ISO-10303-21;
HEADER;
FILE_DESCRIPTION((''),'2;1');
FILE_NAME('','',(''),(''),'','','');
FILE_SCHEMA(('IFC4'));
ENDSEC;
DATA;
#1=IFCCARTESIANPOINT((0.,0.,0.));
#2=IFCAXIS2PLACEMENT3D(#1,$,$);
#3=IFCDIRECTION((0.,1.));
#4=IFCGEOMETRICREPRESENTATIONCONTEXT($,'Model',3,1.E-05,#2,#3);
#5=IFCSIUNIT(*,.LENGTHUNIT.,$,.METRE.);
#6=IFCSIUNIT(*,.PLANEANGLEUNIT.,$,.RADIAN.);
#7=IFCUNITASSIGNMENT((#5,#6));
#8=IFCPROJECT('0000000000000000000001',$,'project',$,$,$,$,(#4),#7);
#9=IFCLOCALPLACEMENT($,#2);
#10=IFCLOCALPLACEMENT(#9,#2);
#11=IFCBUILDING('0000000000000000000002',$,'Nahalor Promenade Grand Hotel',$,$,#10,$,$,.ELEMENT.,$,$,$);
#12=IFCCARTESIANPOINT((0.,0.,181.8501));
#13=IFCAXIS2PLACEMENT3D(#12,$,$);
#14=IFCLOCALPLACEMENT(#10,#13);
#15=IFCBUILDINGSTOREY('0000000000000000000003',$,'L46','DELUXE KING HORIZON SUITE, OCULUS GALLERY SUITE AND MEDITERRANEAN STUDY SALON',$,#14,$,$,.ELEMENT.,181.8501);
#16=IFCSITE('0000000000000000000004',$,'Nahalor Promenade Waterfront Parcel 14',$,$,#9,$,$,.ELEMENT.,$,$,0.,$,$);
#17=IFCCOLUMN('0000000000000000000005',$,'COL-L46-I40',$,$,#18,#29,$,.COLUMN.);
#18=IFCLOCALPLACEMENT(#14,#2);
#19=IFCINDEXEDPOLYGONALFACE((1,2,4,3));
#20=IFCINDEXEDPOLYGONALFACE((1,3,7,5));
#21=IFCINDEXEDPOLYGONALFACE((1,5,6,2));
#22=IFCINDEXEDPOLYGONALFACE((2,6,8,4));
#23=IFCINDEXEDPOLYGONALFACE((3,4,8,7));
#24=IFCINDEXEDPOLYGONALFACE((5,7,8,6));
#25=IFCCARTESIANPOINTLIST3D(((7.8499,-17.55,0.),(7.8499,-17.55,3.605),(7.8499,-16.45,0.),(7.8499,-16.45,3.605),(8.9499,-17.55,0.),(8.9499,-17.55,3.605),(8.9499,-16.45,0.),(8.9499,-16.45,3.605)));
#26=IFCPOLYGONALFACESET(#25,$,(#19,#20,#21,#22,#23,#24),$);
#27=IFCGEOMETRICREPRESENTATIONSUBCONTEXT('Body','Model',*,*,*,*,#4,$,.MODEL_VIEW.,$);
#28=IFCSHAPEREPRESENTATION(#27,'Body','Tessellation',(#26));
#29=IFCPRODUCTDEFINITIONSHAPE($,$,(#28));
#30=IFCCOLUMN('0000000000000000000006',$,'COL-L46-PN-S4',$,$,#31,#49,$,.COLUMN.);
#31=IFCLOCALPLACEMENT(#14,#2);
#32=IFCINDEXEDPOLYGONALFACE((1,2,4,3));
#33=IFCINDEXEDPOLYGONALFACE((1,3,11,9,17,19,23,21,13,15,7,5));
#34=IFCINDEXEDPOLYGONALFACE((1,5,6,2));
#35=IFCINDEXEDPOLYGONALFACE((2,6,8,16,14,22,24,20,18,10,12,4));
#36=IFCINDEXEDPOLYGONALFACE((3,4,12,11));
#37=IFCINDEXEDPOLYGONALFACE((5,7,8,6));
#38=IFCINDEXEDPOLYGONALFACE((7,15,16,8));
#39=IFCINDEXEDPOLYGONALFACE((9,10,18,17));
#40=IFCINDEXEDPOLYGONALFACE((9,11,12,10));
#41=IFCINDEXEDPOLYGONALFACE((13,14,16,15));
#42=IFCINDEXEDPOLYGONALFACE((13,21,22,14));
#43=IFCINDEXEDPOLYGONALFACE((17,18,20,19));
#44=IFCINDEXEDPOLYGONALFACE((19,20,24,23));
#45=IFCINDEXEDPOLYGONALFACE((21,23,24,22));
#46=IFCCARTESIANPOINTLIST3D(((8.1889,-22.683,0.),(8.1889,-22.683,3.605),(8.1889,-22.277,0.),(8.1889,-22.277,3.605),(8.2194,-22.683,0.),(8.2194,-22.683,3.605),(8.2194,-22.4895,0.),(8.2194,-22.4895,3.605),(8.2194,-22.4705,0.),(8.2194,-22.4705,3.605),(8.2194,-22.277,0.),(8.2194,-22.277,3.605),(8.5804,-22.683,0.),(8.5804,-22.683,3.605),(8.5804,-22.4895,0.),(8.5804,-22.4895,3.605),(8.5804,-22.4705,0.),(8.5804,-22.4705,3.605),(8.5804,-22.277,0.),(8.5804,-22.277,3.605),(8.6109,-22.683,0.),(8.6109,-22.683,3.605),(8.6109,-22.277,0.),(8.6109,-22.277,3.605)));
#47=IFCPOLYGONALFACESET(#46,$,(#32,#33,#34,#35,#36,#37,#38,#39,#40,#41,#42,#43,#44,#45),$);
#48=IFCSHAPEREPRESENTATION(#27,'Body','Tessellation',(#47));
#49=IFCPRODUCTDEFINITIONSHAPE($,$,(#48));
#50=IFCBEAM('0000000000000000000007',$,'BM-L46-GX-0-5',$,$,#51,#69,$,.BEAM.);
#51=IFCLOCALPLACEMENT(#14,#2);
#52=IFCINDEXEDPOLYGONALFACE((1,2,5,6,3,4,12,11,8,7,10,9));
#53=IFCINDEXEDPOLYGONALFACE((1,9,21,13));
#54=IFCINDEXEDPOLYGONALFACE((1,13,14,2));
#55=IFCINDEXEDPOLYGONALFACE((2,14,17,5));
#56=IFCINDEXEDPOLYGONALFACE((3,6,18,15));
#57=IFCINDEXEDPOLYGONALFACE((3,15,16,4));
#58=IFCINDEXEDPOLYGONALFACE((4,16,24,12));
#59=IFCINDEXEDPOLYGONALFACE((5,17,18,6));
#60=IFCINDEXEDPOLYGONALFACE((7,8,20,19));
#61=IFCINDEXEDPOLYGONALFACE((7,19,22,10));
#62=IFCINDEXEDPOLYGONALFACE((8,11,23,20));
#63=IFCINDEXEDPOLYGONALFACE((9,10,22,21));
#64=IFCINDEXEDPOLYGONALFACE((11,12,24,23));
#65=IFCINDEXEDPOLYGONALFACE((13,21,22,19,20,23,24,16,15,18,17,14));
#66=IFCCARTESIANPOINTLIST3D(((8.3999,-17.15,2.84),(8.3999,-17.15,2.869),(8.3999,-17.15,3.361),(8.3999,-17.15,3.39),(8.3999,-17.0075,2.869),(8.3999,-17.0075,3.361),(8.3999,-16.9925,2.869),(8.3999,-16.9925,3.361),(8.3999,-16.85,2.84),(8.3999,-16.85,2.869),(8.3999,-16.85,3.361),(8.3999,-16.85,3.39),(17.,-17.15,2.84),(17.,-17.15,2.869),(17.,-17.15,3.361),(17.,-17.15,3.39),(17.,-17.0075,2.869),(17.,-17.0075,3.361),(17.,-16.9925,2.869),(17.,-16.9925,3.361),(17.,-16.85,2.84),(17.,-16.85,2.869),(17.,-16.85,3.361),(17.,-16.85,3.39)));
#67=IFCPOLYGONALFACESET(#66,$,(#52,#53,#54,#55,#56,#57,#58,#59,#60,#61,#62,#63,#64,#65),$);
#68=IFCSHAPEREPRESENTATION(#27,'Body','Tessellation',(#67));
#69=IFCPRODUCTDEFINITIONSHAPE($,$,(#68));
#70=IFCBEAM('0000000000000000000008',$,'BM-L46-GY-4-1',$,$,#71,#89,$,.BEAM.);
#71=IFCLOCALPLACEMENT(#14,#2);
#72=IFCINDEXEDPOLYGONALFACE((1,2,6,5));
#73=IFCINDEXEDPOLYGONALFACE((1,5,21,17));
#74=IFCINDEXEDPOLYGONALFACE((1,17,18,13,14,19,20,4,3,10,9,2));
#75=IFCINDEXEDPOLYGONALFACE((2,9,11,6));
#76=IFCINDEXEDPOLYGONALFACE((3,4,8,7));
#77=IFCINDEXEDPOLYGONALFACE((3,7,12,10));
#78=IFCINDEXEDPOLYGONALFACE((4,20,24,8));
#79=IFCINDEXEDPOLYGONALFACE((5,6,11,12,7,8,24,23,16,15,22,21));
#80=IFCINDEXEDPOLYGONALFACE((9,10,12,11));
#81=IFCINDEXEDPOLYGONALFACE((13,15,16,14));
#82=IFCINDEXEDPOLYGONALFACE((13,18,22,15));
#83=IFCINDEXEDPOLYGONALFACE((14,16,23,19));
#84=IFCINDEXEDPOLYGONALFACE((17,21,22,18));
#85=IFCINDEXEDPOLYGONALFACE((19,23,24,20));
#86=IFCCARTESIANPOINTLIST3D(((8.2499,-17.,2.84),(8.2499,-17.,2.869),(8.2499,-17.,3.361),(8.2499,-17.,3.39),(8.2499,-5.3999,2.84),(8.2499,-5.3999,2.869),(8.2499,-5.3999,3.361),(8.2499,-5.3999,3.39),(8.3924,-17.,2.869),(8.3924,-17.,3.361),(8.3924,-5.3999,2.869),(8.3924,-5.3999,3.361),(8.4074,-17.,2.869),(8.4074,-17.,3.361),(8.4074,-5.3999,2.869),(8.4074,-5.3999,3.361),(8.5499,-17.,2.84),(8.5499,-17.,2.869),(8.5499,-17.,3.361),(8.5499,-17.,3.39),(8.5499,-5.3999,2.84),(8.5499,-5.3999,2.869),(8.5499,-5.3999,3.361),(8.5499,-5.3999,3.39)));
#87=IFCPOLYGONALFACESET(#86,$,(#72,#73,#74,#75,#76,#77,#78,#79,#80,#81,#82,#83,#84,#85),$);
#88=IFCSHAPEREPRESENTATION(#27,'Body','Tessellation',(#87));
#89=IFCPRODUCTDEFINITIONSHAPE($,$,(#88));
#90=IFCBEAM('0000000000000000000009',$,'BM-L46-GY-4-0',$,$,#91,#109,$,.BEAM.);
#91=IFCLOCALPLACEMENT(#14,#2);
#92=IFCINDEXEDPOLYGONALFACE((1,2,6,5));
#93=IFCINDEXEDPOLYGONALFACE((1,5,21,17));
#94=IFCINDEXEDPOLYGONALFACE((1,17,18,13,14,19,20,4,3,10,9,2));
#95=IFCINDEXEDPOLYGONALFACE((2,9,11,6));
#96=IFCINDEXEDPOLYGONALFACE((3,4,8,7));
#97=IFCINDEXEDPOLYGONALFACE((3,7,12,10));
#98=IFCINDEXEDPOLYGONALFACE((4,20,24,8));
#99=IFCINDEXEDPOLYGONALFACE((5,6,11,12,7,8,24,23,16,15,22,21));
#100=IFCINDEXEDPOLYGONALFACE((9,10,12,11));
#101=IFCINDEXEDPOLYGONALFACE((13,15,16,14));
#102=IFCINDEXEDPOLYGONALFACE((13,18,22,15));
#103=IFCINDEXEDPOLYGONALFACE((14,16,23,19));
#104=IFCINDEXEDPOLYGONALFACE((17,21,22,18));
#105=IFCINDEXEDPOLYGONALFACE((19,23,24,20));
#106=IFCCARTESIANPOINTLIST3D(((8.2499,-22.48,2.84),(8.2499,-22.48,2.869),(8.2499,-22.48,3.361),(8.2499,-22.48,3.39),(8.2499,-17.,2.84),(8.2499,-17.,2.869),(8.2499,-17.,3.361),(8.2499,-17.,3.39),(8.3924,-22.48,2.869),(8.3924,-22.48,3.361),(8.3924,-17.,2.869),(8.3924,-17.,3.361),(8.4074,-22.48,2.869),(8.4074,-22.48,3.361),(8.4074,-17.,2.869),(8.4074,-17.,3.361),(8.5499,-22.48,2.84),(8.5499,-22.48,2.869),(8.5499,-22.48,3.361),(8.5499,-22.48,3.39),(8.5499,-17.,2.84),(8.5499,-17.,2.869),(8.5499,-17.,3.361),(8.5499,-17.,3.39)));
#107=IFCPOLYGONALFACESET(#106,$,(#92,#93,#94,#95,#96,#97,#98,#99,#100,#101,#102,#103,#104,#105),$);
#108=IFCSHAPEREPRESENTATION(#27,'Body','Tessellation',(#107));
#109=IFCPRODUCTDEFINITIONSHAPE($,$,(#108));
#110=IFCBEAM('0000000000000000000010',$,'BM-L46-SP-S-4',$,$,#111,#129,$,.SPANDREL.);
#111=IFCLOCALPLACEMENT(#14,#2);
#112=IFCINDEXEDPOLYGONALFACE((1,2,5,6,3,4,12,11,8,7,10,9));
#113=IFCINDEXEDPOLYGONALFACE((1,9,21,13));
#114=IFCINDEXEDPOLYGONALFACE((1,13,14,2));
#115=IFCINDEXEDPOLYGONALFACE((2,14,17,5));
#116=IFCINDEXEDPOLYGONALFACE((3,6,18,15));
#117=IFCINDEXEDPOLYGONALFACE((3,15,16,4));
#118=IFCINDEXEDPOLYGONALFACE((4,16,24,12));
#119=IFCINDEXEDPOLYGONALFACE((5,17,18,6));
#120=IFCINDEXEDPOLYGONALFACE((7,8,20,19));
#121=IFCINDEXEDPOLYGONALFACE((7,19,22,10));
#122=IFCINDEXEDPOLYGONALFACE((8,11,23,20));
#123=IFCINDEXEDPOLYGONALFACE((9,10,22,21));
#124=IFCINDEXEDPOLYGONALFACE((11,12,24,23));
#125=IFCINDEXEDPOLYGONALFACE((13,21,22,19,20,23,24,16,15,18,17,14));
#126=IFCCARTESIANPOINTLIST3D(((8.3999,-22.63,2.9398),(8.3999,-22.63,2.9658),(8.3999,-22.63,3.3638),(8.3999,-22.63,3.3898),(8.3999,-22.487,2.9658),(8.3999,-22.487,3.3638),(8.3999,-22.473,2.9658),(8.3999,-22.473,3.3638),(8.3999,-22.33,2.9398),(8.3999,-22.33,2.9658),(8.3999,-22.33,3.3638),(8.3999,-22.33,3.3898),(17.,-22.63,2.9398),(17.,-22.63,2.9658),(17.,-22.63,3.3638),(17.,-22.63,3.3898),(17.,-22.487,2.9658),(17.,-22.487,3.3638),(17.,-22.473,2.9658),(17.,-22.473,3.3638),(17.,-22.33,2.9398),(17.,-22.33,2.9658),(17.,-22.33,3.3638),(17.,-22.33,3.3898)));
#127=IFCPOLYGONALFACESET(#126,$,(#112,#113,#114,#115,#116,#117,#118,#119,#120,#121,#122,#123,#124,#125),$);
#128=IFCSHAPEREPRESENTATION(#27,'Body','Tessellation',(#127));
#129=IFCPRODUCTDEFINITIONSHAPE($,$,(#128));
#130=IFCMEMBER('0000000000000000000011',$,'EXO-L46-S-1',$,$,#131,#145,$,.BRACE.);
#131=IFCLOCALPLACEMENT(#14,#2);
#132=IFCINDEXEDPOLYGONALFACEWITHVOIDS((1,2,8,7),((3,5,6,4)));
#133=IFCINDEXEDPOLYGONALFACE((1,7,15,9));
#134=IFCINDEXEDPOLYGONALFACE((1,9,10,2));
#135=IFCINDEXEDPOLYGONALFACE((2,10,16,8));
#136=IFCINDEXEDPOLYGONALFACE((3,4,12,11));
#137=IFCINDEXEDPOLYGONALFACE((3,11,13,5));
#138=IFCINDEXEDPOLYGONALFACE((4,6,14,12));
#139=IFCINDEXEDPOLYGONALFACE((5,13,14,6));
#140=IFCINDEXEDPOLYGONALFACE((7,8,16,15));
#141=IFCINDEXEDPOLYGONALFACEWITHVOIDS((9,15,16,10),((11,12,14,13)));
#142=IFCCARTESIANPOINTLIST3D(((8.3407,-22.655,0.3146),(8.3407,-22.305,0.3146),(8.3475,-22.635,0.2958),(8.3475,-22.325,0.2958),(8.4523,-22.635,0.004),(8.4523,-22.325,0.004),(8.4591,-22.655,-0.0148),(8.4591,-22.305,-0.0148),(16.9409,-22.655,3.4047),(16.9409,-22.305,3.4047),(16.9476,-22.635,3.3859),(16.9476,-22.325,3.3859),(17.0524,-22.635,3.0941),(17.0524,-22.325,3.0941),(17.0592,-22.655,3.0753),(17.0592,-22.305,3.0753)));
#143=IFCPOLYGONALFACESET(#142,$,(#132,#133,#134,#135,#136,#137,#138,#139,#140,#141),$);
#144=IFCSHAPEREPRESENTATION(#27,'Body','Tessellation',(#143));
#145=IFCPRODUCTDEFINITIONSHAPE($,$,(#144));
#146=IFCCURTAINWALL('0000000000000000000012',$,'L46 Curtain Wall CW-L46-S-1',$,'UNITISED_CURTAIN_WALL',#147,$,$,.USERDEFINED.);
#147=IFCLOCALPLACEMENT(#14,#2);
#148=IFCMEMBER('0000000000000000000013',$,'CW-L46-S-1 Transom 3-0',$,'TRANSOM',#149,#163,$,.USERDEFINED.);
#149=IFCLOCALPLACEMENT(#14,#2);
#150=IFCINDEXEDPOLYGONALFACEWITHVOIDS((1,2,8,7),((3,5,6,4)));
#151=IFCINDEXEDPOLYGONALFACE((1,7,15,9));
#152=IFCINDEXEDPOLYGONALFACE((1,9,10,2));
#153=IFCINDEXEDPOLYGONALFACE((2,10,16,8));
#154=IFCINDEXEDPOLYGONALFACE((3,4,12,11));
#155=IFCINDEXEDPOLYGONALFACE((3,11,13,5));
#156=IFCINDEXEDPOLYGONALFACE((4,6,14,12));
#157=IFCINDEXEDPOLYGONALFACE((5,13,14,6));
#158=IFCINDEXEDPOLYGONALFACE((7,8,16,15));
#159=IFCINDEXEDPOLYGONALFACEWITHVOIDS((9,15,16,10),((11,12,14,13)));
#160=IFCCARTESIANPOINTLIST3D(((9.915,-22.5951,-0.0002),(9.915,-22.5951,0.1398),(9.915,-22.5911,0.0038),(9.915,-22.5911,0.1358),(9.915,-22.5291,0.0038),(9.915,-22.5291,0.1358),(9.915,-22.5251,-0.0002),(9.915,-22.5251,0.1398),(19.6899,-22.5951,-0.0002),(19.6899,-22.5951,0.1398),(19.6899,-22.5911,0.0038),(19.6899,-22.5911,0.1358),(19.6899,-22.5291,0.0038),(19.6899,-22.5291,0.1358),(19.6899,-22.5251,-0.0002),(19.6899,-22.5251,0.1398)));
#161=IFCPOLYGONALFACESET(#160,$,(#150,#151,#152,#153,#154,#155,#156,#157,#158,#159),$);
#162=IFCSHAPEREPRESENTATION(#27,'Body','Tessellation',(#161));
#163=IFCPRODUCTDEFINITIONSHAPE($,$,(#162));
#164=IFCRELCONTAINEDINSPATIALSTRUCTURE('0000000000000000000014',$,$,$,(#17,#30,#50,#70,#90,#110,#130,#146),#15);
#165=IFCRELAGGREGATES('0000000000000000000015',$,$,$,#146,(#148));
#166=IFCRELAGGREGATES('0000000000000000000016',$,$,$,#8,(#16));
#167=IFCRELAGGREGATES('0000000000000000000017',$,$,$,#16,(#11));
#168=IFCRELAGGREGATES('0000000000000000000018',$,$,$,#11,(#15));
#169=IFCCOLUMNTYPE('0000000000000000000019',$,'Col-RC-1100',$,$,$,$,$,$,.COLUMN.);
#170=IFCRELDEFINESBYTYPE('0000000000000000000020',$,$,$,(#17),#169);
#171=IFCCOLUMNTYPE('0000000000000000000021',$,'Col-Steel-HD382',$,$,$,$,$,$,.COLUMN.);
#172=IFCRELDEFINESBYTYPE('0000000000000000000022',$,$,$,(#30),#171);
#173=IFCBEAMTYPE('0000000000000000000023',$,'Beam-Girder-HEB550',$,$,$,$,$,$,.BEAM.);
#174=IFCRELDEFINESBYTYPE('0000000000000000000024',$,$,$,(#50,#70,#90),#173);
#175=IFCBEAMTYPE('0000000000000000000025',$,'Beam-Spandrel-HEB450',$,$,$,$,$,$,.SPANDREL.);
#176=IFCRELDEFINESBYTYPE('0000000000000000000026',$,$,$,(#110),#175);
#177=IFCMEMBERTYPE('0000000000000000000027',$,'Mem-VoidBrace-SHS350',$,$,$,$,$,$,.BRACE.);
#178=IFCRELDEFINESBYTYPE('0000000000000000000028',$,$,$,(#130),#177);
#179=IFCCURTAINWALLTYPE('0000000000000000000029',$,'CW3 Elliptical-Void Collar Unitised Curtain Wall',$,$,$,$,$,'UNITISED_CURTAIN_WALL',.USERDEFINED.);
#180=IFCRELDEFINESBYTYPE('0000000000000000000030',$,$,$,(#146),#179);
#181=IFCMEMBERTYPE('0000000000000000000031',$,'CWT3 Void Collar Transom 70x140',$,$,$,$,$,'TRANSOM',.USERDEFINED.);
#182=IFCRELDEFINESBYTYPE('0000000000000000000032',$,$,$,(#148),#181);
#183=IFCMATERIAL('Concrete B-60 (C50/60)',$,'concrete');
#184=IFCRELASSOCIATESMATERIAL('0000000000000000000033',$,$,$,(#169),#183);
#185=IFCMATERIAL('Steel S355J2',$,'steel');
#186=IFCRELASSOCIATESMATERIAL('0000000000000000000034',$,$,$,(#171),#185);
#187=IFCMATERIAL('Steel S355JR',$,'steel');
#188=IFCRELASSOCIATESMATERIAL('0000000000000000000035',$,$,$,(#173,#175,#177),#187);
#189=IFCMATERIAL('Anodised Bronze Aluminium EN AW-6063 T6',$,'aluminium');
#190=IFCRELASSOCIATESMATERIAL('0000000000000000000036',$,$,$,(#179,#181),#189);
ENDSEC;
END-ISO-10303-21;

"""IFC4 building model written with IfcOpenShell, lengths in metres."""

from ifc_helpers import new_model, si_unit, direction, frame, origin, origin_2d, place, context, subcontext, project, spatial, rectangle, hollow_rectangle, i_section, extrude, source, transform, mapped, material, material_profile, profile_set, type_object, element, aggregate, save


model = new_model("IFC4")

# Units and contexts
model_context = context("Model", 3, precision=1e-05, world=origin(), true_north=direction((0.0, 1.0)))
body_context = subcontext(model_context, "Body", "Model", "MODEL_VIEW")
ifc_project = project(units=[si_unit("LENGTHUNIT", "METRE"), si_unit("PLANEANGLEUNIT", "RADIAN")], contexts=[model_context])

# Site, building, storey
site_placement = place(None, origin())
site = spatial("IfcSite", under=ifc_project, at=site_placement, Name="Nahalor Promenade Waterfront Parcel 14", CompositionType="ELEMENT", RefElevation=0.0)
building_placement = place(site_placement, origin())
building = spatial("IfcBuilding", under=site, at=building_placement, Name="Nahalor Promenade Grand Hotel", CompositionType="ELEMENT")
storey_placement = place(building_placement, frame((0.0, 0.0, 181.8501)))
storey = spatial("IfcBuildingStorey", under=building, at=storey_placement, Name="L46", Description="DELUXE KING HORIZON SUITE, OCULUS GALLERY SUITE AND MEDITERRANEAN STUDY SALON", CompositionType="ELEMENT", Elevation=181.8501)

# Columns
ifc_material_1 = material(Name="Concrete B-60 (C50/60)", Category="concrete")
ifc_material_profile_1 = material_profile(ifc_material_1, rectangle(XDim=1.1, YDim=1.1, at=origin_2d()), Name="RC 1100x1100")
ifc_profile_set_1 = profile_set([ifc_material_profile_1], Name="Concrete B-60 (C50/60)")
column_type_1 = type_object("IfcColumnType", Name="Col-RC-1100", PredefinedType="COLUMN", material=ifc_profile_set_1)
shared_shape_1 = source(origin(), body_context, "Body", "SweptSolid", [
    extrude(rectangle(XDim=1.1, YDim=1.1, at=origin_2d()), origin(), (0.0, 0.0, 1.0), 3.605),
])
column_1_placement = place(storey_placement, frame((8.3999, -17.0, 0.0), z_axis=(0.0, 0.0, 1.0), x_axis=(1.0, 0.0, 0.0)))
element("IfcColumn", 1, at=column_1_placement, inside=storey, type_object=column_type_1, Name="COL-L46-I40", PredefinedType="COLUMN", context=body_context, shape_type="MappedRepresentation", body=[
    mapped(shared_shape_1, transform((0.0, 0.0, 0.0), scale=1.0)),
])
ifc_material_2 = material(Name="Steel S355J2", Category="steel")
ifc_material_profile_2 = material_profile(ifc_material_2, i_section(OverallWidth=0.406, OverallDepth=0.422, WebThickness=0.019, FlangeThickness=0.0305, at=origin_2d()), Name="HD 400x382")
ifc_profile_set_2 = profile_set([ifc_material_profile_2], Name="Steel S355J2")
column_type_2 = type_object("IfcColumnType", Name="Col-Steel-HD382", PredefinedType="COLUMN", material=ifc_profile_set_2)
shared_shape_2 = source(origin(), body_context, "Body", "SweptSolid", [
    extrude(i_section(OverallWidth=0.406, OverallDepth=0.422, WebThickness=0.019, FlangeThickness=0.0305, at=origin_2d()), origin(), (0.0, 0.0, 1.0), 3.605),
])
column_2_placement = place(storey_placement, frame((8.3999, -22.48, 0.0), z_axis=(0.0, 0.0, 1.0), x_axis=(0.0, 1.0, 0.0)))
element("IfcColumn", 2, at=column_2_placement, inside=storey, type_object=column_type_2, Name="COL-L46-PN-S4", PredefinedType="COLUMN", context=body_context, shape_type="MappedRepresentation", body=[
    mapped(shared_shape_2, transform((0.0, 0.0, 0.0), scale=1.0)),
])

# Beams
ifc_material_3 = material(Name="Steel S355JR", Category="steel")
ifc_material_profile_3 = material_profile(ifc_material_3, i_section(OverallWidth=0.3, OverallDepth=0.55, WebThickness=0.015, FlangeThickness=0.029, at=origin_2d()), Name="HEB 550")
ifc_profile_set_3 = profile_set([ifc_material_profile_3], Name="Steel S355JR")
beam_type_1 = type_object("IfcBeamType", Name="Beam-Girder-HEB550", PredefinedType="BEAM", material=ifc_profile_set_3)
shared_shape_3 = source(origin(), body_context, "Body", "SweptSolid", [
    extrude(i_section(OverallWidth=0.3, OverallDepth=0.55, WebThickness=0.015, FlangeThickness=0.029, at=origin_2d()), origin(), (0.0, 0.0, 1.0), 8.6001),
])
beam_1_placement = place(storey_placement, frame((8.3999, -17.0, 3.115), z_axis=(1.0, 0.0, 0.0), x_axis=(0.0, 1.0, 0.0)))
element("IfcBeam", 3, at=beam_1_placement, inside=storey, type_object=beam_type_1, Name="BM-L46-GX-0-5", PredefinedType="BEAM", context=body_context, shape_type="MappedRepresentation", body=[
    mapped(shared_shape_3, transform((0.0, 0.0, 0.0), scale=1.0)),
])
shared_shape_4 = source(origin(), body_context, "Body", "SweptSolid", [
    extrude(i_section(OverallWidth=0.3, OverallDepth=0.55, WebThickness=0.015, FlangeThickness=0.029, at=origin_2d()), origin(), (0.0, 0.0, 1.0), 11.6001),
])
beam_2_placement = place(storey_placement, frame((8.3999, -17.0, 3.115), z_axis=(0.0, 1.0, 0.0), x_axis=(-1.0, 0.0, 0.0)))
element("IfcBeam", 4, at=beam_2_placement, inside=storey, type_object=beam_type_1, Name="BM-L46-GY-4-1", PredefinedType="BEAM", context=body_context, shape_type="MappedRepresentation", body=[
    mapped(shared_shape_4, transform((0.0, 0.0, 0.0), scale=1.0)),
])
shared_shape_5 = source(origin(), body_context, "Body", "SweptSolid", [
    extrude(i_section(OverallWidth=0.3, OverallDepth=0.55, WebThickness=0.015, FlangeThickness=0.029, at=origin_2d()), origin(), (0.0, 0.0, 1.0), 5.48),
])
beam_3_placement = place(storey_placement, frame((8.3999, -22.48, 3.115), z_axis=(0.0, 1.0, 0.0), x_axis=(-1.0, 0.0, 0.0)))
element("IfcBeam", 5, at=beam_3_placement, inside=storey, type_object=beam_type_1, Name="BM-L46-GY-4-0", PredefinedType="BEAM", context=body_context, shape_type="MappedRepresentation", body=[
    mapped(shared_shape_5, transform((0.0, 0.0, 0.0), scale=1.0)),
])
ifc_material_profile_4 = material_profile(ifc_material_3, i_section(OverallWidth=0.3, OverallDepth=0.45, WebThickness=0.014, FlangeThickness=0.026, at=origin_2d()), Name="HEB 450")
ifc_profile_set_4 = profile_set([ifc_material_profile_4], Name="Steel S355JR")
beam_type_2 = type_object("IfcBeamType", Name="Beam-Spandrel-HEB450", PredefinedType="SPANDREL", material=ifc_profile_set_4)
shared_shape_6 = source(origin(), body_context, "Body", "SweptSolid", [
    extrude(i_section(OverallWidth=0.3, OverallDepth=0.45, WebThickness=0.014, FlangeThickness=0.026, at=origin_2d()), origin(), (0.0, 0.0, 1.0), 8.6001),
])
beam_4_placement = place(storey_placement, frame((8.3999, -22.48, 3.1648), z_axis=(1.0, 0.0, 0.0), x_axis=(0.0, 1.0, 0.0)))
element("IfcBeam", 6, at=beam_4_placement, inside=storey, type_object=beam_type_2, Name="BM-L46-SP-S-4", PredefinedType="SPANDREL", context=body_context, shape_type="MappedRepresentation", body=[
    mapped(shared_shape_6, transform((0.0, 0.0, 0.0), scale=1.0)),
])

# Member
ifc_material_profile_5 = material_profile(ifc_material_3, hollow_rectangle(XDim=0.35, YDim=0.35, WallThickness=0.02, at=origin_2d()), Name="SHS 350x350x20")
ifc_profile_set_5 = profile_set([ifc_material_profile_5], Name="Steel S355JR")
member_type_1 = type_object("IfcMemberType", Name="Mem-VoidBrace-SHS350", PredefinedType="BRACE", material=ifc_profile_set_5)
shared_shape_7 = source(origin(), body_context, "Body", "SweptSolid", [
    extrude(hollow_rectangle(XDim=0.35, YDim=0.35, WallThickness=0.02, at=origin_2d()), origin(), (0.0, 0.0, 1.0), 9.1384),
])
member_1_placement = place(storey_placement, frame((8.3999, -22.48, 0.1499), z_axis=(0.941095, 0.0, 0.338143), x_axis=(0.0, 1.0, 0.0)))
element("IfcMember", 7, at=member_1_placement, inside=storey, type_object=member_type_1, Name="EXO-L46-S-1", PredefinedType="BRACE", context=body_context, shape_type="MappedRepresentation", body=[
    mapped(shared_shape_7, transform((0.0, 0.0, 0.0), scale=1.0)),
])

# Curtain wall, member
ifc_material_4 = material(Name="Anodised Bronze Aluminium EN AW-6063 T6", Category="aluminium")
curtain_wall_type = type_object("IfcCurtainWallType", Name="CW3 Elliptical-Void Collar Unitised Curtain Wall", ElementType="UNITISED_CURTAIN_WALL", PredefinedType="USERDEFINED", material=ifc_material_4)
curtain_wall_placement = place(storey_placement, origin())
curtain_wall = element("IfcCurtainWall", 8, at=curtain_wall_placement, inside=storey, type_object=curtain_wall_type, Name="L46 Curtain Wall CW-L46-S-1", ObjectType="UNITISED_CURTAIN_WALL", PredefinedType="USERDEFINED")
ifc_material_profile_6 = material_profile(ifc_material_4, hollow_rectangle(XDim=0.07, YDim=0.14, WallThickness=0.004, at=origin_2d()), Name="CWT 70x140x4")
ifc_profile_set_6 = profile_set([ifc_material_profile_6], Name="Anodised Bronze Aluminium EN AW-6063 T6")
member_type_2 = type_object("IfcMemberType", Name="CWT3 Void Collar Transom 70x140", ElementType="TRANSOM", PredefinedType="USERDEFINED", material=ifc_profile_set_6)
shared_shape_8 = source(origin(), body_context, "Body", "SweptSolid", [
    extrude(hollow_rectangle(XDim=0.07, YDim=0.14, WallThickness=0.004, at=origin_2d()), origin(), (0.0, 0.0, 1.0), 9.7749),
])
member_2_placement = place(storey_placement, frame((9.915, -22.5601, 0.0698), z_axis=(1.0, 0.0, 0.0), x_axis=(0.0, 1.0, 0.0)))
member_2 = element("IfcMember", 9, at=member_2_placement, type_object=member_type_2, Name="CW-L46-S-1 Transom 3-0", ObjectType="TRANSOM", PredefinedType="USERDEFINED", context=body_context, shape_type="MappedRepresentation", body=[
    mapped(shared_shape_8, transform((0.0, 0.0, 0.0), scale=1.0)),
])
aggregate(curtain_wall, [member_2])

save(model, "model.ifc")
